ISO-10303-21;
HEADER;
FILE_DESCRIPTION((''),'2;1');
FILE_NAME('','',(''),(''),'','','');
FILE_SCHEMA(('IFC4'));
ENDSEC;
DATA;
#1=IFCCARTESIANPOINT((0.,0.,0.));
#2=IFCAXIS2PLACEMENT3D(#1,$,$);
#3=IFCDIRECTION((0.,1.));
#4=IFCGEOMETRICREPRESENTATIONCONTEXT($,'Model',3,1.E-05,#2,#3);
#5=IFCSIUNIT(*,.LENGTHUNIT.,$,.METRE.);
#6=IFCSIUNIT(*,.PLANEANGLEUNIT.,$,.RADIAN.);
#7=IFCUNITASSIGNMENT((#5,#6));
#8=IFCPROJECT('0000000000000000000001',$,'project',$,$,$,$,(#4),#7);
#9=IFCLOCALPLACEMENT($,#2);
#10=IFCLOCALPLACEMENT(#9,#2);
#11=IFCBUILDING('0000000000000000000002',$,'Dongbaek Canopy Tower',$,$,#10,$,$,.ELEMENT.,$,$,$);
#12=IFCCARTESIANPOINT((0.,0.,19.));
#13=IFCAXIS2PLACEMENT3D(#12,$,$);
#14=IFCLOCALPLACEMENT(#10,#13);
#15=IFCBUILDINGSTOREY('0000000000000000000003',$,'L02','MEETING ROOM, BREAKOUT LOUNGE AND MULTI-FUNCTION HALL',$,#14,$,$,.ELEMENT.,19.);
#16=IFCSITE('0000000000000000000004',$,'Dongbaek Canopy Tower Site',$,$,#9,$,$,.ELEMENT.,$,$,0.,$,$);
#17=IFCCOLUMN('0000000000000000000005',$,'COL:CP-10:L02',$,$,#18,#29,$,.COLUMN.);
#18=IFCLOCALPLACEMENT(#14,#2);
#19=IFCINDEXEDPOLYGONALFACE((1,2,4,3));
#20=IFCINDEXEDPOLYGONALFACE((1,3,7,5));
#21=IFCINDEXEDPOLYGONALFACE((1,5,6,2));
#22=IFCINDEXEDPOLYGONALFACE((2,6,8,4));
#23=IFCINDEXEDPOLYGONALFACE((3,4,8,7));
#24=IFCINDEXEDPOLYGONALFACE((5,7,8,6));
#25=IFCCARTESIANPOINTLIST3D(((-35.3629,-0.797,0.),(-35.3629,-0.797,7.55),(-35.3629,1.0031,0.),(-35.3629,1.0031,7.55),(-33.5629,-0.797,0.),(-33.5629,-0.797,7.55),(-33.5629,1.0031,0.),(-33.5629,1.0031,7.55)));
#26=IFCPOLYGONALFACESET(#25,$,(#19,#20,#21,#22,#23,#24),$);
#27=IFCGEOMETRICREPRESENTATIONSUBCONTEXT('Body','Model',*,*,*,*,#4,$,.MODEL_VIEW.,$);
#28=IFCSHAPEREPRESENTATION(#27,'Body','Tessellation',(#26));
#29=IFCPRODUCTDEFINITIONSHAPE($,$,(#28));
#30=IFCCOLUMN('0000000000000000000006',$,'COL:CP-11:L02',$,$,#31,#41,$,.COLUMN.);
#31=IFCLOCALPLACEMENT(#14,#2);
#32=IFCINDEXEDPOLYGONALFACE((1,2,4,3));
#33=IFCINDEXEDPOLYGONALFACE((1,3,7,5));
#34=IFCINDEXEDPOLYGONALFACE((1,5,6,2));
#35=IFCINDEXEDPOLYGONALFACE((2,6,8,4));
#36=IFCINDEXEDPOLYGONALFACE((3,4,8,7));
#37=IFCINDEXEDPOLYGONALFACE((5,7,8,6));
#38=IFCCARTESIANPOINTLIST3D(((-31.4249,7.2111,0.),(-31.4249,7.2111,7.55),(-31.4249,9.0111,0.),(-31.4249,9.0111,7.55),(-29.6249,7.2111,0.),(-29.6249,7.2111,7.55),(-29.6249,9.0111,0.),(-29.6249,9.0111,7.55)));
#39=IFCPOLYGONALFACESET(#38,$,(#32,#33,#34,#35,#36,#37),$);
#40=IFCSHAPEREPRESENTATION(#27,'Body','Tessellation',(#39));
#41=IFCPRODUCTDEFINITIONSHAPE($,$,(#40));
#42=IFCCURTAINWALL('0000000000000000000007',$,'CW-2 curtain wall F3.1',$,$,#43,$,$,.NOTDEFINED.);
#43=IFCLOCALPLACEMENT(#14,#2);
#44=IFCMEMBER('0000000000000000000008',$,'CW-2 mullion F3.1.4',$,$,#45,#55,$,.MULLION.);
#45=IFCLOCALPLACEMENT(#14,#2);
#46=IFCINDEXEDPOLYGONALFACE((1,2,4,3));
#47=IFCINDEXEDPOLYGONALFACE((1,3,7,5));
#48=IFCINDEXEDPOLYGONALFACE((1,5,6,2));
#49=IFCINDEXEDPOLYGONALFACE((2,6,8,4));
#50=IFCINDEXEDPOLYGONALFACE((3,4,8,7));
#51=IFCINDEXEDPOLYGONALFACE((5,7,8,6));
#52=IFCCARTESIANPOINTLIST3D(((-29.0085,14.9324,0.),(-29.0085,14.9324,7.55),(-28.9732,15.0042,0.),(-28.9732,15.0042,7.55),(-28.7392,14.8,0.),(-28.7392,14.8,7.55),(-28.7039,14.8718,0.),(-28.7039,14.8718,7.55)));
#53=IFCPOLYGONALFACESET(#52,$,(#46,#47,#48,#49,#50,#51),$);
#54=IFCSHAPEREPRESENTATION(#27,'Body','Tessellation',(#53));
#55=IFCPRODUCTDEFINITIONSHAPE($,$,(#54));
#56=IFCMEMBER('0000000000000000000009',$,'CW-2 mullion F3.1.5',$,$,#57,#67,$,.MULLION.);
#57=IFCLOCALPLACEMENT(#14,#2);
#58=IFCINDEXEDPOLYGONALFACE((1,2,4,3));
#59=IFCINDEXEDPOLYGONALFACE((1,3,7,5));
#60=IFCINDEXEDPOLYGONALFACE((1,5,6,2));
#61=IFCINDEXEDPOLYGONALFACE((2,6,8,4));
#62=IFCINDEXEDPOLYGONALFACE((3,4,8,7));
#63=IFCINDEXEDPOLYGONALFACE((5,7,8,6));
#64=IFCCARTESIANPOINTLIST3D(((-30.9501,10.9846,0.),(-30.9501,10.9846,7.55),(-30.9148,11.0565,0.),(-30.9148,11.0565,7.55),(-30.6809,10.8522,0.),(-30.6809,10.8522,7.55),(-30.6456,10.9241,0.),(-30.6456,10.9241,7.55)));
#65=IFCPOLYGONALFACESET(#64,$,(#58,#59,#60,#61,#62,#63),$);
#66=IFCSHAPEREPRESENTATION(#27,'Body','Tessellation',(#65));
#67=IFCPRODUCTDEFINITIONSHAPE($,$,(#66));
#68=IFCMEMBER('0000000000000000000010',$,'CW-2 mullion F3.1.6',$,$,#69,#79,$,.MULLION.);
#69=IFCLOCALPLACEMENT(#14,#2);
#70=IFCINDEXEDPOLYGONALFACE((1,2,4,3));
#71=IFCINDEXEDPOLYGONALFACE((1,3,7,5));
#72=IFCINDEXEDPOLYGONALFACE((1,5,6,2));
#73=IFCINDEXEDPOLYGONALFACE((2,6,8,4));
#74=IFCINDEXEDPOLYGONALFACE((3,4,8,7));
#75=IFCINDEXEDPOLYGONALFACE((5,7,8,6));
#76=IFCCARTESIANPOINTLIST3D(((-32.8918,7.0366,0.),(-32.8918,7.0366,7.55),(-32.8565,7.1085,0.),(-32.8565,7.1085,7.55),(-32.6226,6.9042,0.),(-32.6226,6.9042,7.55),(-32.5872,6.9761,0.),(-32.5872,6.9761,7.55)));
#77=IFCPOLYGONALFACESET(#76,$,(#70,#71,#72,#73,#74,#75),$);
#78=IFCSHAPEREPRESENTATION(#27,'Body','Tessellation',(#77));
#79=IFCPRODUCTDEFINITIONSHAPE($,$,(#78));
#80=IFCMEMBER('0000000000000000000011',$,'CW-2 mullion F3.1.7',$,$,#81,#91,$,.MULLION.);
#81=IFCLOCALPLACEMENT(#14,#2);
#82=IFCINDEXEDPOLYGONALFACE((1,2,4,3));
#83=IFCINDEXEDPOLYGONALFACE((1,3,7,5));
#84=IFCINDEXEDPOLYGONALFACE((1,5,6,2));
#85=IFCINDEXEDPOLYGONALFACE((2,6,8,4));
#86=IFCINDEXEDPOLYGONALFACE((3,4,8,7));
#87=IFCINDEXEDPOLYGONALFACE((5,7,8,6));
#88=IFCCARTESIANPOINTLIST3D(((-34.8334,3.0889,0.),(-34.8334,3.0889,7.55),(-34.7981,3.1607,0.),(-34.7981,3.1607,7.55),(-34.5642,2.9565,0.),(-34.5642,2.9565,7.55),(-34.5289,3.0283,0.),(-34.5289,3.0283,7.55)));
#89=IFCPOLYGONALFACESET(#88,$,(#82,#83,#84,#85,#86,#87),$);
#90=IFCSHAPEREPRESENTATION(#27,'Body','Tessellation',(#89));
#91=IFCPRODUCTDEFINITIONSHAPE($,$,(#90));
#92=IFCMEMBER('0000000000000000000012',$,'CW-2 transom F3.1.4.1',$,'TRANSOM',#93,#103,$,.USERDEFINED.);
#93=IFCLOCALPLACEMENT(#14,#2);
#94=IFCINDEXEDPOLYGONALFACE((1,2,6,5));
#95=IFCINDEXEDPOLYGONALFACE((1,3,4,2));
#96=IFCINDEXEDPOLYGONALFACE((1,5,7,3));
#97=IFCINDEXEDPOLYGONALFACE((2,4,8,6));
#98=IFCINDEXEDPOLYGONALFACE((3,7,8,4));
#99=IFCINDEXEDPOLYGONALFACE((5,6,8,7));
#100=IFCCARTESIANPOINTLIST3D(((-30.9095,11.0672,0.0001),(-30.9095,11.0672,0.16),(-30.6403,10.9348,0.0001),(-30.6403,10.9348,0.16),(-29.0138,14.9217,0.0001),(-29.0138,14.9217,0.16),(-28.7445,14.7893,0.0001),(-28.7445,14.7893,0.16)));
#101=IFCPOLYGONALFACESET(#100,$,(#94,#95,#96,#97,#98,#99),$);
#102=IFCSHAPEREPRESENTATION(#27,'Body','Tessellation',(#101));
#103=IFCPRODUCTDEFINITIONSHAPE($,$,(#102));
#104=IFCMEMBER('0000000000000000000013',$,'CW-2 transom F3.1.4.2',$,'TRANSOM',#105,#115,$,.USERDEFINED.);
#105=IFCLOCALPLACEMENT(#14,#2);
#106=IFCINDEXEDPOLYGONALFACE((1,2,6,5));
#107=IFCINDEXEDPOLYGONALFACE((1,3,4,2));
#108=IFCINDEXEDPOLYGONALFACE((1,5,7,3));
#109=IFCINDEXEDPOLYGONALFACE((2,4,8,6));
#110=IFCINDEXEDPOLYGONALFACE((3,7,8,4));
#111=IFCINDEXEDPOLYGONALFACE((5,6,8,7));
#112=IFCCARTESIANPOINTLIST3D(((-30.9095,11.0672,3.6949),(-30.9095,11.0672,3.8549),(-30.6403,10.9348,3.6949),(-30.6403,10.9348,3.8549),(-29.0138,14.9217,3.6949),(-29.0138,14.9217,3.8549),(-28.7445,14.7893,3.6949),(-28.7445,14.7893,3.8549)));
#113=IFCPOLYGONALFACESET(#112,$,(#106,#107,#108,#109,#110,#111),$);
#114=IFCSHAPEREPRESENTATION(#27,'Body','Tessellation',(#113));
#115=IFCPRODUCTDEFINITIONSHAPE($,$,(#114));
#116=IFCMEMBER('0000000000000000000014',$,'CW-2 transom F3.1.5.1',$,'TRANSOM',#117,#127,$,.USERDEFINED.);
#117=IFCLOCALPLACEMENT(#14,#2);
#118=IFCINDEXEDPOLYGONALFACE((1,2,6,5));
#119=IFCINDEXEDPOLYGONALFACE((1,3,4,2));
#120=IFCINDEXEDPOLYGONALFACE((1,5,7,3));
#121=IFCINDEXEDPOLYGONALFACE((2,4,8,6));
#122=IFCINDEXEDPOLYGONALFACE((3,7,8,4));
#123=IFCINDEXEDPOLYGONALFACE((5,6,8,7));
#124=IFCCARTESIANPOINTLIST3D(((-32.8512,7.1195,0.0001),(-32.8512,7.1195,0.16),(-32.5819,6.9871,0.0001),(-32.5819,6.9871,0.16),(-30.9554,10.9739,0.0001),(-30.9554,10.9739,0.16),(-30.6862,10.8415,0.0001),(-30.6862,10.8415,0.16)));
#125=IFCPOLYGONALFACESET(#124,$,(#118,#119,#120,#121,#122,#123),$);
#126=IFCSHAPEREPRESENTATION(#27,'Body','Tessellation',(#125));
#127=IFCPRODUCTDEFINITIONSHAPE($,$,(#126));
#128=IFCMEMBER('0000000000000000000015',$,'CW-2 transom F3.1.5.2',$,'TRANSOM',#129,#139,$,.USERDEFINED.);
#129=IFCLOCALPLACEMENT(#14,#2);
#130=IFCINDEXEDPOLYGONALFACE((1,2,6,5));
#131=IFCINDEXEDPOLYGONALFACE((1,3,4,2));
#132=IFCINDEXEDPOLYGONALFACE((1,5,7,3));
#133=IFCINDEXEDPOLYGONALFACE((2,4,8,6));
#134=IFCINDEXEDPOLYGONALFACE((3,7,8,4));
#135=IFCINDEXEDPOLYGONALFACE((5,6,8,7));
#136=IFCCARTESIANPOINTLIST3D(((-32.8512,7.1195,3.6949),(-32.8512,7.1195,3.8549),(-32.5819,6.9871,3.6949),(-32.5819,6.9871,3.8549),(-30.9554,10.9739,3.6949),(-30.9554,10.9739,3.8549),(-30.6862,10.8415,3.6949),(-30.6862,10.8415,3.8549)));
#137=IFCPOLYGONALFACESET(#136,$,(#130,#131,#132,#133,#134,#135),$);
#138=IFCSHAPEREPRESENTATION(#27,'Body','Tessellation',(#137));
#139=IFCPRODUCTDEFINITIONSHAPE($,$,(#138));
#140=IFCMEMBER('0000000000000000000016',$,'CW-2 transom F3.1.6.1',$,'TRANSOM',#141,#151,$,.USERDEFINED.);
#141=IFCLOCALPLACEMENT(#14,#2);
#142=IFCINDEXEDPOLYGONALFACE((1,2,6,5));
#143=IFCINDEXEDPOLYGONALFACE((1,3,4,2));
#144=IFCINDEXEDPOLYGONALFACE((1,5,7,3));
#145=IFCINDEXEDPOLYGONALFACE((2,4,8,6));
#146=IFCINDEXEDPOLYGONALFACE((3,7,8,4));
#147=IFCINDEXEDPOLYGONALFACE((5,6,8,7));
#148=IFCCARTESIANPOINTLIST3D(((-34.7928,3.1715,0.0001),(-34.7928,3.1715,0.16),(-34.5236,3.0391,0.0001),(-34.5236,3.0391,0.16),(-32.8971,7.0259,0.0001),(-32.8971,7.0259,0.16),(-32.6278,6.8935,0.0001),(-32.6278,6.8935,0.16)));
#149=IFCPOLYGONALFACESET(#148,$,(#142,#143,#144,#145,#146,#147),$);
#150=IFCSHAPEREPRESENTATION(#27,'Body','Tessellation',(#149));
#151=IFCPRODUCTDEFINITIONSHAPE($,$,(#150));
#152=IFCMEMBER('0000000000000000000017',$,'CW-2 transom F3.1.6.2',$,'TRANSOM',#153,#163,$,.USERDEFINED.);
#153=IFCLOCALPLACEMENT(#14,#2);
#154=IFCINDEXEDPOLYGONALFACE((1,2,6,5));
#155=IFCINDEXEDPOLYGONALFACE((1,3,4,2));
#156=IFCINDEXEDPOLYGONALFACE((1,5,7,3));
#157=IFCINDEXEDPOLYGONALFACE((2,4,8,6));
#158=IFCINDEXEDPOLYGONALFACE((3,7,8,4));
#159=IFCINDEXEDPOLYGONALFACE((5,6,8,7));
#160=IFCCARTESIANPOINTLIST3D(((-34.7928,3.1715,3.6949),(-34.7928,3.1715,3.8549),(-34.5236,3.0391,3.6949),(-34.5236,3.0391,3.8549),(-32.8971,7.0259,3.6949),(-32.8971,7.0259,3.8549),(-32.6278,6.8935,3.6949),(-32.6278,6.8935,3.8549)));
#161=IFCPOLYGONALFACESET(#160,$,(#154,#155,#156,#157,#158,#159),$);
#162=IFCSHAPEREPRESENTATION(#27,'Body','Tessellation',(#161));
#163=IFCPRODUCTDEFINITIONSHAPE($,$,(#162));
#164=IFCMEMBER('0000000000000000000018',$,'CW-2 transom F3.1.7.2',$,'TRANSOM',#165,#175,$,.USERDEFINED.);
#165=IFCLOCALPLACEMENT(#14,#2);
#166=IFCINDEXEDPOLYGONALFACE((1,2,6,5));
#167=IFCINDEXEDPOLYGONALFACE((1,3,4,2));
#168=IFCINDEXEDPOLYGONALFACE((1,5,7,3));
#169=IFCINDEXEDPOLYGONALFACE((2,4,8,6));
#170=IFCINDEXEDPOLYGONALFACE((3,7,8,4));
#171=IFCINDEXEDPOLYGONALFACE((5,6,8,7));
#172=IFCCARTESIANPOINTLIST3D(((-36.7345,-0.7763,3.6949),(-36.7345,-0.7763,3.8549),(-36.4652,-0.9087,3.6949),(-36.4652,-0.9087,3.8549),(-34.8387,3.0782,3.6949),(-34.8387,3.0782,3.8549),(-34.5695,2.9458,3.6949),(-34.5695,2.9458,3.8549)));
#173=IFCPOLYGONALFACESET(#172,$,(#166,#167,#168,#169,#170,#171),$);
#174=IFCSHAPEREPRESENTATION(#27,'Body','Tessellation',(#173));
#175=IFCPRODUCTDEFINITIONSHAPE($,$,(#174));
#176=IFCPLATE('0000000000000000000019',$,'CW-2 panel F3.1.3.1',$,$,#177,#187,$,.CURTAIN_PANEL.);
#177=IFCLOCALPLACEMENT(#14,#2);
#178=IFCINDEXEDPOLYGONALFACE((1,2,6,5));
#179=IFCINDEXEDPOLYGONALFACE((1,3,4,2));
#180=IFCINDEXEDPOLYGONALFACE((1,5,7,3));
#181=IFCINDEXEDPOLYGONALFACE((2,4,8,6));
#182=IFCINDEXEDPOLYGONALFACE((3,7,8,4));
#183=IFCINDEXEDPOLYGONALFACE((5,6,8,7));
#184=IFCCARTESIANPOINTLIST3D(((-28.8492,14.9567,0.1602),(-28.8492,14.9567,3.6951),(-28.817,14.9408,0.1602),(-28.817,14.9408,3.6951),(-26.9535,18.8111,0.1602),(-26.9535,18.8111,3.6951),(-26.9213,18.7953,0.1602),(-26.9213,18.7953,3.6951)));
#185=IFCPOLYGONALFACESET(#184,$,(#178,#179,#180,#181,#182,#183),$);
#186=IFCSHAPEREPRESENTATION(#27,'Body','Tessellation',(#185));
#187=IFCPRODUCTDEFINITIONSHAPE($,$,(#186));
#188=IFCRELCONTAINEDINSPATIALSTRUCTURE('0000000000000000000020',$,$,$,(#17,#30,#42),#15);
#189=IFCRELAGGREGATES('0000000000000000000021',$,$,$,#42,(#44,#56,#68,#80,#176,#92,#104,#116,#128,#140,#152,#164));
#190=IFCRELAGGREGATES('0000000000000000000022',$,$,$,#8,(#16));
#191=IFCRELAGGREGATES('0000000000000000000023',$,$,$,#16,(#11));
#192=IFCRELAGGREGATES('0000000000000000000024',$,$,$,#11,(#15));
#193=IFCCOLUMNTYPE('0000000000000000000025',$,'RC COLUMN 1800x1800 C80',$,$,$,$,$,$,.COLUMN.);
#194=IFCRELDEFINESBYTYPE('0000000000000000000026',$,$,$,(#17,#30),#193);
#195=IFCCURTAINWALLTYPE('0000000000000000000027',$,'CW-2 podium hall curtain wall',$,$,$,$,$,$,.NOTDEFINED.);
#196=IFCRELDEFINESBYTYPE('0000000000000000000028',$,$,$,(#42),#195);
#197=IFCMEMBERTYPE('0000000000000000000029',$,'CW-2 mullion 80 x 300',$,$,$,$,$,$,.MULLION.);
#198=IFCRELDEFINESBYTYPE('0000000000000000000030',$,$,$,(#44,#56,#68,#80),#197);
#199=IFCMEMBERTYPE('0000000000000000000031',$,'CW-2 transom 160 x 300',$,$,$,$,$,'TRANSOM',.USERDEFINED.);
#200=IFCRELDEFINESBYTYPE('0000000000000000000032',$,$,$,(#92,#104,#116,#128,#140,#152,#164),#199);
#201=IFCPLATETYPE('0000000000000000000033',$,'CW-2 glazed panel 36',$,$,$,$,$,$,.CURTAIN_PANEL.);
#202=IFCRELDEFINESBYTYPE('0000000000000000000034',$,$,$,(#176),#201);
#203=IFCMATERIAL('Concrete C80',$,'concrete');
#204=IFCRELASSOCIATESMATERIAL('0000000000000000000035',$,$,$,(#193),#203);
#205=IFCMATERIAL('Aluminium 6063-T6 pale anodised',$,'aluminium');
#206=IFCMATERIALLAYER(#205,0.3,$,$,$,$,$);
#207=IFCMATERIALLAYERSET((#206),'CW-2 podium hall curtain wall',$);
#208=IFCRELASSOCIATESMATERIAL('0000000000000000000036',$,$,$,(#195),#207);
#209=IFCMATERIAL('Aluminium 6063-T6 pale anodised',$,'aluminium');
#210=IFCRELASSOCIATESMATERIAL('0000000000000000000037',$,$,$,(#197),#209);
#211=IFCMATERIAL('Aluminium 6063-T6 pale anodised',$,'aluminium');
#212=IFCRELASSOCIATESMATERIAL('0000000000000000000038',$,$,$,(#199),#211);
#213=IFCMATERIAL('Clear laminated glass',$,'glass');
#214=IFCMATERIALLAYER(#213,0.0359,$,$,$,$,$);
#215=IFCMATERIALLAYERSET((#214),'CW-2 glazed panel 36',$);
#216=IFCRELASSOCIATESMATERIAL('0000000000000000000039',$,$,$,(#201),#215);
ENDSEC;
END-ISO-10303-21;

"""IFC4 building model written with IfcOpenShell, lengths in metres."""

from ifc_helpers import new_model, si_unit, direction, frame, origin, origin_2d, place, context, subcontext, project, spatial, rectangle, extrude, material, layer, layer_set, material_profile, profile_set, type_object, element, aggregate, save


model = new_model("IFC4")

# Units and contexts
model_context = context("Model", 3, precision=1e-05, world=origin(), true_north=direction((0.0, 1.0)))
body_context = subcontext(model_context, "Body", "Model", "MODEL_VIEW")
ifc_project = project(units=[si_unit("LENGTHUNIT", "METRE"), si_unit("PLANEANGLEUNIT", "RADIAN")], contexts=[model_context])

# Site, building, storey
site_placement = place(None, origin())
site = spatial("IfcSite", under=ifc_project, at=site_placement, Name="Dongbaek Canopy Tower Site", CompositionType="ELEMENT", RefElevation=0.0)
building_placement = place(site_placement, origin())
building = spatial("IfcBuilding", under=site, at=building_placement, Name="Dongbaek Canopy Tower", CompositionType="ELEMENT")
storey_placement = place(building_placement, frame((0.0, 0.0, 19.0)))
storey = spatial("IfcBuildingStorey", under=building, at=storey_placement, Name="L02", Description="MEETING ROOM, BREAKOUT LOUNGE AND MULTI-FUNCTION HALL", CompositionType="ELEMENT", Elevation=19.0)

# Columns
ifc_material_1 = material(Name="Concrete C80", Category="concrete")
ifc_material_profile_1 = material_profile(ifc_material_1, rectangle(XDim=1.8, YDim=1.8, at=origin_2d()), Name="RC COLUMN 1800x1800 C80")
ifc_profile_set_1 = profile_set([ifc_material_profile_1], Name="Concrete C80")
column_type = type_object("IfcColumnType", Name="RC COLUMN 1800x1800 C80", PredefinedType="COLUMN", material=ifc_profile_set_1)
for number, where, z_axis, x_axis, name in (
    (1, (-34.4629, 0.103, 0.0), (0.0, 0.0, 1.0), (1.0, 0.0, 0.0), "COL:CP-10:L02"),
    (2, (-30.5249, 8.1111, 0.0), (0.0, 0.0, 1.0), (1.0, 0.0, 0.0), "COL:CP-11:L02"),
):
    element("IfcColumn", number, at=place(storey_placement, frame(where, z_axis=z_axis, x_axis=x_axis)), inside=storey, type_object=column_type, Name=name, PredefinedType="COLUMN", context=body_context, shape_type="SweptSolid", body=[
        extrude(rectangle(XDim=1.8, YDim=1.8, at=origin_2d()), origin(), (0.0, 0.0, 1.0), 7.55),
    ])

# Curtain wall, members, plate
ifc_material_2 = material(Name="Aluminium 6063-T6 pale anodised", Category="aluminium")
ifc_layer_1 = layer(ifc_material_2, 0.3)
ifc_layer_set_1 = layer_set([ifc_layer_1], Name="CW-2 podium hall curtain wall")
curtain_wall_type = type_object("IfcCurtainWallType", Name="CW-2 podium hall curtain wall", PredefinedType="NOTDEFINED", material=ifc_layer_set_1)
curtain_wall_placement = place(storey_placement, origin())
curtain_wall = element("IfcCurtainWall", 3, at=curtain_wall_placement, inside=storey, type_object=curtain_wall_type, Name="CW-2 curtain wall F3.1", PredefinedType="NOTDEFINED")
ifc_material_3 = material(Name="Aluminium 6063-T6 pale anodised", Category="aluminium")
ifc_material_profile_2 = material_profile(ifc_material_3, rectangle(XDim=0.3, YDim=0.0801, at=origin_2d()), Name="CW-2 mullion 80 x 300")
ifc_profile_set_2 = profile_set([ifc_material_profile_2], Name="Aluminium 6063-T6 pale anodised")
member_type_1 = type_object("IfcMemberType", Name="CW-2 mullion 80 x 300", PredefinedType="MULLION", material=ifc_profile_set_2)
member_1_placement = place(storey_placement, frame((-28.8562, 14.9021, 0.0), z_axis=(0.0, 0.0, 1.0), x_axis=(-0.897339, 0.441342, 0.0)))
member_1 = element("IfcMember", 4, at=member_1_placement, type_object=member_type_1, Name="CW-2 mullion F3.1.4", PredefinedType="MULLION", context=body_context, shape_type="SweptSolid", body=[
    extrude(rectangle(XDim=0.3, YDim=0.0801, at=origin_2d()), origin(), (0.0, 0.0, 1.0), 7.55),
])
member_2_placement = place(storey_placement, frame((-30.7979, 10.9543, 0.0), z_axis=(0.0, 0.0, 1.0), x_axis=(-0.897339, 0.441342, 0.0)))
member_2 = element("IfcMember", 5, at=member_2_placement, type_object=member_type_1, Name="CW-2 mullion F3.1.5", PredefinedType="MULLION", context=body_context, shape_type="SweptSolid", body=[
    extrude(rectangle(XDim=0.3, YDim=0.0801, at=origin_2d()), origin(), (0.0, 0.0, 1.0), 7.55),
])
member_3_placement = place(storey_placement, frame((-32.7395, 7.0063, 0.0), z_axis=(0.0, 0.0, 1.0), x_axis=(-0.897339, 0.441342, 0.0)))
member_3 = element("IfcMember", 6, at=member_3_placement, type_object=member_type_1, Name="CW-2 mullion F3.1.6", PredefinedType="MULLION", context=body_context, shape_type="SweptSolid", body=[
    extrude(rectangle(XDim=0.3, YDim=0.0801, at=origin_2d()), origin(), (0.0, 0.0, 1.0), 7.55),
])
member_4_placement = place(storey_placement, frame((-34.6812, 3.0586, 0.0), z_axis=(0.0, 0.0, 1.0), x_axis=(-0.897339, 0.441342, 0.0)))
member_4 = element("IfcMember", 7, at=member_4_placement, type_object=member_type_1, Name="CW-2 mullion F3.1.7", PredefinedType="MULLION", context=body_context, shape_type="SweptSolid", body=[
    extrude(rectangle(XDim=0.3, YDim=0.0801, at=origin_2d()), origin(), (0.0, 0.0, 1.0), 7.55),
])
ifc_material_4 = material(Name="Aluminium 6063-T6 pale anodised", Category="aluminium")
ifc_material_profile_3 = material_profile(ifc_material_4, rectangle(XDim=0.3, YDim=0.1599, at=origin_2d()), Name="CW-2 transom 160 x 300")
ifc_profile_set_3 = profile_set([ifc_material_profile_3], Name="Aluminium 6063-T6 pale anodised")
member_type_2 = type_object("IfcMemberType", Name="CW-2 transom 160 x 300", ElementType="TRANSOM", PredefinedType="USERDEFINED", material=ifc_profile_set_3)
member_5_placement = place(storey_placement, frame((-28.8792, 14.8555, 0.0801), z_axis=(-0.441338, -0.897341, 0.0), x_axis=(0.897341, -0.441338, 0.0)))
member_5 = element("IfcMember", 8, at=member_5_placement, type_object=member_type_2, Name="CW-2 transom F3.1.4.1", ObjectType="TRANSOM", PredefinedType="USERDEFINED", context=body_context, shape_type="SweptSolid", body=[
    extrude(rectangle(XDim=0.3, YDim=0.1599, at=origin_2d()), origin(), (0.0, 0.0, 1.0), 4.2954),
])
member_6_placement = place(storey_placement, frame((-28.8792, 14.8555, 3.7749), z_axis=(-0.441338, -0.897341, 0.0), x_axis=(0.897341, -0.441338, 0.0)))
member_6 = element("IfcMember", 9, at=member_6_placement, type_object=member_type_2, Name="CW-2 transom F3.1.4.2", ObjectType="TRANSOM", PredefinedType="USERDEFINED", context=body_context, shape_type="SweptSolid", body=[
    extrude(rectangle(XDim=0.3, YDim=0.1599, at=origin_2d()), origin(), (0.0, 0.0, 1.0), 4.2954),
])
member_7_placement = place(storey_placement, frame((-30.8208, 10.9077, 0.0801), z_axis=(-0.441338, -0.897341, 0.0), x_axis=(0.897341, -0.441338, 0.0)))
member_7 = element("IfcMember", 10, at=member_7_placement, type_object=member_type_2, Name="CW-2 transom F3.1.5.1", ObjectType="TRANSOM", PredefinedType="USERDEFINED", context=body_context, shape_type="SweptSolid", body=[
    extrude(rectangle(XDim=0.3, YDim=0.1599, at=origin_2d()), origin(), (0.0, 0.0, 1.0), 4.2954),
])
member_8_placement = place(storey_placement, frame((-30.8208, 10.9077, 3.7749), z_axis=(-0.441338, -0.897341, 0.0), x_axis=(0.897341, -0.441338, 0.0)))
member_8 = element("IfcMember", 11, at=member_8_placement, type_object=member_type_2, Name="CW-2 transom F3.1.5.2", ObjectType="TRANSOM", PredefinedType="USERDEFINED", context=body_context, shape_type="SweptSolid", body=[
    extrude(rectangle(XDim=0.3, YDim=0.1599, at=origin_2d()), origin(), (0.0, 0.0, 1.0), 4.2954),
])
member_9_placement = place(storey_placement, frame((-32.7625, 6.9597, 0.0801), z_axis=(-0.441338, -0.897341, 0.0), x_axis=(0.897341, -0.441338, 0.0)))
member_9 = element("IfcMember", 12, at=member_9_placement, type_object=member_type_2, Name="CW-2 transom F3.1.6.1", ObjectType="TRANSOM", PredefinedType="USERDEFINED", context=body_context, shape_type="SweptSolid", body=[
    extrude(rectangle(XDim=0.3, YDim=0.1599, at=origin_2d()), origin(), (0.0, 0.0, 1.0), 4.2954),
])
member_10_placement = place(storey_placement, frame((-32.7625, 6.9597, 3.7749), z_axis=(-0.441338, -0.897341, 0.0), x_axis=(0.897341, -0.441338, 0.0)))
member_10 = element("IfcMember", 13, at=member_10_placement, type_object=member_type_2, Name="CW-2 transom F3.1.6.2", ObjectType="TRANSOM", PredefinedType="USERDEFINED", context=body_context, shape_type="SweptSolid", body=[
    extrude(rectangle(XDim=0.3, YDim=0.1599, at=origin_2d()), origin(), (0.0, 0.0, 1.0), 4.2954),
])
member_11_placement = place(storey_placement, frame((-34.7041, 3.012, 3.7749), z_axis=(-0.441338, -0.897341, 0.0), x_axis=(0.897341, -0.441338, 0.0)))
member_11 = element("IfcMember", 14, at=member_11_placement, type_object=member_type_2, Name="CW-2 transom F3.1.7.2", ObjectType="TRANSOM", PredefinedType="USERDEFINED", context=body_context, shape_type="SweptSolid", body=[
    extrude(rectangle(XDim=0.3, YDim=0.1599, at=origin_2d()), origin(), (0.0, 0.0, 1.0), 4.2954),
])
ifc_material_5 = material(Name="Clear laminated glass", Category="glass")
ifc_layer_2 = layer(ifc_material_5, 0.0359)
ifc_layer_set_2 = layer_set([ifc_layer_2], Name="CW-2 glazed panel 36")
plate_type = type_object("IfcPlateType", Name="CW-2 glazed panel 36", PredefinedType="CURTAIN_PANEL", material=ifc_layer_set_2)
plate_1_placement = place(storey_placement, frame((-27.8853, 16.876, 0.1602), z_axis=(0.0, 0.0, 1.0), x_axis=(-0.441342, -0.897339, 0.0)))
plate_1 = element("IfcPlate", 15, at=plate_1_placement, type_object=plate_type, Name="CW-2 panel F3.1.3.1", PredefinedType="CURTAIN_PANEL", context=body_context, shape_type="SweptSolid", body=[
    extrude(rectangle(XDim=4.2954, YDim=0.0359, at=origin_2d()), origin(), (0.0, 0.0, 1.0), 3.5349),
])
aggregate(curtain_wall, [member_1, member_2, member_3, member_4, plate_1, member_5, member_6, member_7, member_8, member_9, member_10, member_11])

save(model, "model.ifc")
